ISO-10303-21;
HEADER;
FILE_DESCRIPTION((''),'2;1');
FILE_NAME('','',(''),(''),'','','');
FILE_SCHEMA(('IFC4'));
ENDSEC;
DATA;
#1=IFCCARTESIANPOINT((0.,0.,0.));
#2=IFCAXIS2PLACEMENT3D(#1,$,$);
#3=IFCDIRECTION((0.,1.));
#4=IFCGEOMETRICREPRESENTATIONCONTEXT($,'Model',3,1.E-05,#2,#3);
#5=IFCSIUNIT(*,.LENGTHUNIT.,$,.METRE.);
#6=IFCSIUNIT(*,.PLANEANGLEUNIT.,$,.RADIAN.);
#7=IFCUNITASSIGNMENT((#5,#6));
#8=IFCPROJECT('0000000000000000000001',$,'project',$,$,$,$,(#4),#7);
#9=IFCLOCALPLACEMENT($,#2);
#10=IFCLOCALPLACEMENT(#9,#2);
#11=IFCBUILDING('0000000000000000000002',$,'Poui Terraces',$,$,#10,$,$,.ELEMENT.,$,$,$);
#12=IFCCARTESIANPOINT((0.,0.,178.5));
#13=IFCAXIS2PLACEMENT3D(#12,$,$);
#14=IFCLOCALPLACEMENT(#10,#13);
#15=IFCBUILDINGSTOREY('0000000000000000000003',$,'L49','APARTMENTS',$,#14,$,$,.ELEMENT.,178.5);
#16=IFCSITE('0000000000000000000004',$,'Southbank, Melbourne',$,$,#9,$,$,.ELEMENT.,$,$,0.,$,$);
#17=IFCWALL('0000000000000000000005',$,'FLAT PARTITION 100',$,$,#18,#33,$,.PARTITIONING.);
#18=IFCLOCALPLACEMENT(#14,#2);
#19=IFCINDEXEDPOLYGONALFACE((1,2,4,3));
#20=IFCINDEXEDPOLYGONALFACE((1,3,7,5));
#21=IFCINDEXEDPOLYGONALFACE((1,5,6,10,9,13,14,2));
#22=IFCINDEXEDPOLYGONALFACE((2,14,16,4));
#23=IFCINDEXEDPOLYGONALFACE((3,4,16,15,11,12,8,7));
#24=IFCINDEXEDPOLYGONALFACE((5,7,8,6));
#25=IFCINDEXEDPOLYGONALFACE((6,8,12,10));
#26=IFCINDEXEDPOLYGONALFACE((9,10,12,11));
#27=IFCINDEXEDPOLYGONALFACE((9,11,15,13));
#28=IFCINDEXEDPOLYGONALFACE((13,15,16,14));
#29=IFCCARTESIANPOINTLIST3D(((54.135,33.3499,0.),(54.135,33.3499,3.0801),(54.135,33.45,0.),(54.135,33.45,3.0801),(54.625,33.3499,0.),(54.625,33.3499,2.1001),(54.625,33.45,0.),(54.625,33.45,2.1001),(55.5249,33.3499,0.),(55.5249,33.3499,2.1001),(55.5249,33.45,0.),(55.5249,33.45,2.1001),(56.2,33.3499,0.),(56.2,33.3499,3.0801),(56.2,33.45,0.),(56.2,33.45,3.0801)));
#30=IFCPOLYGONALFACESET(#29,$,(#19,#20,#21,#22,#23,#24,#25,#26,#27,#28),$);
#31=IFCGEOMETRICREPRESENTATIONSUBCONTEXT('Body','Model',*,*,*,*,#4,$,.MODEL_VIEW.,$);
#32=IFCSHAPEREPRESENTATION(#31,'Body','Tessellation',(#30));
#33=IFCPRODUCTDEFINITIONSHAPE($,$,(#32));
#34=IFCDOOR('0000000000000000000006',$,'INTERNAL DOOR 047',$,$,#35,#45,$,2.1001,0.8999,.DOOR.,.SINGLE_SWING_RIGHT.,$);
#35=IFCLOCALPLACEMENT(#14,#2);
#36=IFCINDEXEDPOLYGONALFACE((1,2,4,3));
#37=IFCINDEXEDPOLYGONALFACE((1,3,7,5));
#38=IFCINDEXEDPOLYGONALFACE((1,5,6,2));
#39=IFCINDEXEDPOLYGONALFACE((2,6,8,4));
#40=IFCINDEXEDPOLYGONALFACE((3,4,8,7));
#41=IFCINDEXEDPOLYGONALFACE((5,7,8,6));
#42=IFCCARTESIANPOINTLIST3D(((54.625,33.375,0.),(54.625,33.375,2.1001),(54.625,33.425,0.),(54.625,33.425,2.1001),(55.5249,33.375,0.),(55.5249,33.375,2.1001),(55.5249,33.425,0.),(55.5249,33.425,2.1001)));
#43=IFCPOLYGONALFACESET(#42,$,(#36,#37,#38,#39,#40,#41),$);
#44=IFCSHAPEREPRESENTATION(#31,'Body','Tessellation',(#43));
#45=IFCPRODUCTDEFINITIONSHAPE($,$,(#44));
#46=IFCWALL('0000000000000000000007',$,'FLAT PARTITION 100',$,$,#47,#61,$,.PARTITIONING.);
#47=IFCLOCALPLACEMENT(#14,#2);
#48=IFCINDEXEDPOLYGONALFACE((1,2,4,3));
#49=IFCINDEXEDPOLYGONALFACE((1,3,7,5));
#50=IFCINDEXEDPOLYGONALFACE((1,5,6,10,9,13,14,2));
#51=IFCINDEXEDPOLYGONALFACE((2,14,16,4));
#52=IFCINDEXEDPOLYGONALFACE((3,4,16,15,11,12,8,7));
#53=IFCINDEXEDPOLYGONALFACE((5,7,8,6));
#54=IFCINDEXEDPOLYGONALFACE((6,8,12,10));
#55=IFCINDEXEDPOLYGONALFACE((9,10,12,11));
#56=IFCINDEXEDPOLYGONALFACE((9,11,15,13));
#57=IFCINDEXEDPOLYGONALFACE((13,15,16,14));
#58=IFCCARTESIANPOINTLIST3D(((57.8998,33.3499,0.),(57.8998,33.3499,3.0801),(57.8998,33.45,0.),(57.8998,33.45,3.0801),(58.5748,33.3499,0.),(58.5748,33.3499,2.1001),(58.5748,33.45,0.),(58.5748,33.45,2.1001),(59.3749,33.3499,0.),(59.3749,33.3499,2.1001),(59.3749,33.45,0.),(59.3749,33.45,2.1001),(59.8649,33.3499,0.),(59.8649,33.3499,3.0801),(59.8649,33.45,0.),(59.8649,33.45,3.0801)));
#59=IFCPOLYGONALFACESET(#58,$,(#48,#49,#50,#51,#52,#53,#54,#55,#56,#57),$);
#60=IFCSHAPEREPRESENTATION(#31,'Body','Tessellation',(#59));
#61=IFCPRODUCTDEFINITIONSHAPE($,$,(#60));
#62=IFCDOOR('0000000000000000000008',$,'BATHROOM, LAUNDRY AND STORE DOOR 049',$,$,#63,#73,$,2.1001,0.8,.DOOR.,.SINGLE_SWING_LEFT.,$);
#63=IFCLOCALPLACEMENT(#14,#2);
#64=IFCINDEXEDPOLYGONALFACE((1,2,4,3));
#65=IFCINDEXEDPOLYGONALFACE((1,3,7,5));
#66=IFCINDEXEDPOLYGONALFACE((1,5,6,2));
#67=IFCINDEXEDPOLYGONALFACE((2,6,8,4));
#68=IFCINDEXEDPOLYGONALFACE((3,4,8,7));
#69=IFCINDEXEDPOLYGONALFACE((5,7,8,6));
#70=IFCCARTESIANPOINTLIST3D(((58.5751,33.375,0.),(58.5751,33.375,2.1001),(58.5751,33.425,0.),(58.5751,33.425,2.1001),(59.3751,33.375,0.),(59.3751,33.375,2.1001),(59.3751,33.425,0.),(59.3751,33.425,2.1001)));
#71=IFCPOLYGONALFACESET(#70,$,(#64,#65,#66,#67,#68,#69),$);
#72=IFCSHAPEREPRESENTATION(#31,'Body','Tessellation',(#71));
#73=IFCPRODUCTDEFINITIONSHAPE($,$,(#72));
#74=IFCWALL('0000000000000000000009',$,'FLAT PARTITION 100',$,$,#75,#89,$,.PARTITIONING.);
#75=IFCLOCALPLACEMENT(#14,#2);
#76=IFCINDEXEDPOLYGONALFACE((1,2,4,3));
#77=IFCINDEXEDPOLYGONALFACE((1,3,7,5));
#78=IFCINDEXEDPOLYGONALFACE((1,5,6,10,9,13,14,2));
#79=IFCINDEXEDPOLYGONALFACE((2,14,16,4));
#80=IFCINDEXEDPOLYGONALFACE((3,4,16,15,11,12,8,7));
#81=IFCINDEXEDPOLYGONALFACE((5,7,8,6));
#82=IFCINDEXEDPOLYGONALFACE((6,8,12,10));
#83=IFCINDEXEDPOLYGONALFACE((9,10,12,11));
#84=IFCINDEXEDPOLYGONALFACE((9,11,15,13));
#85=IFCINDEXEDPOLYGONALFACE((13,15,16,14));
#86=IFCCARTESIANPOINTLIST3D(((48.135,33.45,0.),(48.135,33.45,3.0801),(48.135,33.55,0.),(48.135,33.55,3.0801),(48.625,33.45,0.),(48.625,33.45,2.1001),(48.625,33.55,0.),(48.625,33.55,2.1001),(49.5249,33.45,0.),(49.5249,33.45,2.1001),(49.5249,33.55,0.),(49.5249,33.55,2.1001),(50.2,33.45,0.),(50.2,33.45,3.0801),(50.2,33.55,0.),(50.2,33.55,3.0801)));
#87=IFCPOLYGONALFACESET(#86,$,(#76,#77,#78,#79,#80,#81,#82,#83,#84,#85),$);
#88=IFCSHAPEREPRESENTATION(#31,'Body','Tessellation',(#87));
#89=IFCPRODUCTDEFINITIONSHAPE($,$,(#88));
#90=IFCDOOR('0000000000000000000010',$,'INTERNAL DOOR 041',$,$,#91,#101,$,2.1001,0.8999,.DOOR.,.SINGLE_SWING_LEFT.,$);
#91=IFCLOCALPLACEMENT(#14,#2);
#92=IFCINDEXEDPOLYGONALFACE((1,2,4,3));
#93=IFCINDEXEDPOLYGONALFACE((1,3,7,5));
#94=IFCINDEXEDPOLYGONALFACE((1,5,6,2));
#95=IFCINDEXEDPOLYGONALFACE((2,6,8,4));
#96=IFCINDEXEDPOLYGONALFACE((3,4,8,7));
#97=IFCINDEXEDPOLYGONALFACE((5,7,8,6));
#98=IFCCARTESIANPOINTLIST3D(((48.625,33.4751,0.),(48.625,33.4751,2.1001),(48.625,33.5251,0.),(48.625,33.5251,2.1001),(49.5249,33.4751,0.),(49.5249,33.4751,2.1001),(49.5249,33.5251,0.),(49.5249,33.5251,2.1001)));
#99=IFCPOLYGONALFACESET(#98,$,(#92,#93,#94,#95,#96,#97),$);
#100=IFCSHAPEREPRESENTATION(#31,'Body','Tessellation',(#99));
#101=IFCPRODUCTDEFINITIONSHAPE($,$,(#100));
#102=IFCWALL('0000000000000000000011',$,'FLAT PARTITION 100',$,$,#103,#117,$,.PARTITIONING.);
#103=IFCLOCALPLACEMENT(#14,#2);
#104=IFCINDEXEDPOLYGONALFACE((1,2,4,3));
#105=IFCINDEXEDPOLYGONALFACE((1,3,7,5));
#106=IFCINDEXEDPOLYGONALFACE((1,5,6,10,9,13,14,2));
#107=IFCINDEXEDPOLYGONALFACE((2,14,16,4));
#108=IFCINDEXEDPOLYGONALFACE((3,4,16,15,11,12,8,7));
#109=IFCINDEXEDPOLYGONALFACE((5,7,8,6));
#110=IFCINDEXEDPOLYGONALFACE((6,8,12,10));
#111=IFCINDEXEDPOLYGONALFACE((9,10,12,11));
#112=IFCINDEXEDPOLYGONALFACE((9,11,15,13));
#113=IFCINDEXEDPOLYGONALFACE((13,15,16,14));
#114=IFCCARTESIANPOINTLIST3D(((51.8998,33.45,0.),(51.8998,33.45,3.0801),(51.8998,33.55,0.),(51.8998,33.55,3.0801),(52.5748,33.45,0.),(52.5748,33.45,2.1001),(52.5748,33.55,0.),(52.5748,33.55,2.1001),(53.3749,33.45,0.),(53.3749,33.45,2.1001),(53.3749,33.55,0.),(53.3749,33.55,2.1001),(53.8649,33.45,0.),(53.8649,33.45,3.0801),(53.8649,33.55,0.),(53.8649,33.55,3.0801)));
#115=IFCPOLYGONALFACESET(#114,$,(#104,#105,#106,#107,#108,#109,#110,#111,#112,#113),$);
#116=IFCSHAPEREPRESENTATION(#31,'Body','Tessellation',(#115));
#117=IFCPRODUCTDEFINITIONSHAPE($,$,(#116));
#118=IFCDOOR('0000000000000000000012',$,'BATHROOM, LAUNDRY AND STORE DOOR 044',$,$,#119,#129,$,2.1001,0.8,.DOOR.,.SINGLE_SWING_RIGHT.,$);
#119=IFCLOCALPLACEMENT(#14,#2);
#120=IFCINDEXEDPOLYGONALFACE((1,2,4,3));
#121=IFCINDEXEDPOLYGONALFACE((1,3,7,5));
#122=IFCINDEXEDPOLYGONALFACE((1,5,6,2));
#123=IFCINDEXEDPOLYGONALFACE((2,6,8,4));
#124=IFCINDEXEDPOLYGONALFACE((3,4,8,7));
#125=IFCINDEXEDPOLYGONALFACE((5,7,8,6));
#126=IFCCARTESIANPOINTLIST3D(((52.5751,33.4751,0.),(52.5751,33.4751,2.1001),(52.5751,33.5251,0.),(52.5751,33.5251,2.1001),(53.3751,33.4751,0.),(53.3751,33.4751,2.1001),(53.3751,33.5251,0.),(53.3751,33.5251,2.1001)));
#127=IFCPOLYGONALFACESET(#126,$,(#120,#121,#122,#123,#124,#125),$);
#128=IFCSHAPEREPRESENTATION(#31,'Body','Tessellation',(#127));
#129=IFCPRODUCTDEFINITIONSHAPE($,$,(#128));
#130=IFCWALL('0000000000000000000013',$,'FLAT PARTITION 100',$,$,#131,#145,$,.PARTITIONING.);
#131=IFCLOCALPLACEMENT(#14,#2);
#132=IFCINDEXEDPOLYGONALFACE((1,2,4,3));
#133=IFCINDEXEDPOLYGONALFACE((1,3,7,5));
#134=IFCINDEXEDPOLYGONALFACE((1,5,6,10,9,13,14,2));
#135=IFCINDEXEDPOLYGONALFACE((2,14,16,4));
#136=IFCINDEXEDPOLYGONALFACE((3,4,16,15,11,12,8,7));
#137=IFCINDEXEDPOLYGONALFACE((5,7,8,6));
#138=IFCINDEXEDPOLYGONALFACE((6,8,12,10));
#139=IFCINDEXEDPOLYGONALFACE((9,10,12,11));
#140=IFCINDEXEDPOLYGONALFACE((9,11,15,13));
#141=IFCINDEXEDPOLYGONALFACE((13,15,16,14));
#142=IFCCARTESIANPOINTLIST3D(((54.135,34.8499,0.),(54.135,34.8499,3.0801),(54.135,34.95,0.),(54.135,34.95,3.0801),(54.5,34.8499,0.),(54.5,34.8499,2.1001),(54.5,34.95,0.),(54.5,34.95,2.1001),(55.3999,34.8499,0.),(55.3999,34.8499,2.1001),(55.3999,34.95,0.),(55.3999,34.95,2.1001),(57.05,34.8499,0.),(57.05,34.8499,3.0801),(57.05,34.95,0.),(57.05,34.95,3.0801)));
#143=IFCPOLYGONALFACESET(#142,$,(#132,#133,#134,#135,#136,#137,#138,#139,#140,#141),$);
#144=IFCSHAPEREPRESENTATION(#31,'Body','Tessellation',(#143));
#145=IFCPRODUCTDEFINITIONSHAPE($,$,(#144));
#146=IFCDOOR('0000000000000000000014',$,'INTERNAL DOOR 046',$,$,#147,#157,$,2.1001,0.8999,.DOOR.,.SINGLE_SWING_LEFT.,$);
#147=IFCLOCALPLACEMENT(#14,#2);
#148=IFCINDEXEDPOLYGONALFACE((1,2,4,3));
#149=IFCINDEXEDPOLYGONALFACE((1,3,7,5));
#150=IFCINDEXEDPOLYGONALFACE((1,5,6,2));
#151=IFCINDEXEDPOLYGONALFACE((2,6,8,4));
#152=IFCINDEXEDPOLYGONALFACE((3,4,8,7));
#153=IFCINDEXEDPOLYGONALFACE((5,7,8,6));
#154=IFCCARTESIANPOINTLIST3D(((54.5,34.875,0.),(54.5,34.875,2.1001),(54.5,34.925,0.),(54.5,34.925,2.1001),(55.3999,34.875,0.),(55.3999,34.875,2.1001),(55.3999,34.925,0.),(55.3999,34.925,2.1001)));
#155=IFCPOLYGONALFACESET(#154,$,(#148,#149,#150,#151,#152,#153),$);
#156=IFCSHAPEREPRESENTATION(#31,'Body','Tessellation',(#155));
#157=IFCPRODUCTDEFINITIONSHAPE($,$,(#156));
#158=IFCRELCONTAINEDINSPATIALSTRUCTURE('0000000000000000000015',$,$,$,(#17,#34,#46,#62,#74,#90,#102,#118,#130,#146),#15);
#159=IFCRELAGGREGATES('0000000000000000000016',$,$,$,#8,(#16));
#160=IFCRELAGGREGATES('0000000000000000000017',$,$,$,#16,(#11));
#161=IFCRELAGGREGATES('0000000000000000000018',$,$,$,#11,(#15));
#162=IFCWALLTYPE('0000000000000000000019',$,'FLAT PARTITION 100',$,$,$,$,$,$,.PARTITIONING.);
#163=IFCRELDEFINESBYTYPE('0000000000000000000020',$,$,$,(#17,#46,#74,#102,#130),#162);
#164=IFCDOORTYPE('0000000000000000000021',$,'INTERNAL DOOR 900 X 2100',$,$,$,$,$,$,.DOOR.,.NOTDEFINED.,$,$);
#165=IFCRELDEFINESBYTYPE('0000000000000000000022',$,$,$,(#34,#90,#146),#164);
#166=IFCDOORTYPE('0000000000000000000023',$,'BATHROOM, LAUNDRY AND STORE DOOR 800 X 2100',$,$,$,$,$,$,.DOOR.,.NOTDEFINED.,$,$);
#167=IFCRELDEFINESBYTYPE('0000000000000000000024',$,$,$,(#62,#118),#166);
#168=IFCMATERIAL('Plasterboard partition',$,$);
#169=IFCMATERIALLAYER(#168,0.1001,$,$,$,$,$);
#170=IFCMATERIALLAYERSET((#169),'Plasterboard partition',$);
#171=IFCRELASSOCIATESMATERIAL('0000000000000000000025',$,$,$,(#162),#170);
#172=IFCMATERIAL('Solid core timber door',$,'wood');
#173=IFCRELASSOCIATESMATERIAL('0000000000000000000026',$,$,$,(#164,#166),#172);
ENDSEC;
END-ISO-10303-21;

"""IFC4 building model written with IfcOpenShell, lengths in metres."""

from ifc_helpers import new_model, si_unit, direction, frame, frame_2d, origin, place, context, subcontext, project, spatial, rectangle, extrude, material, layer, layer_set, type_object, element, fill, save


model = new_model("IFC4")

# Units and contexts
model_context = context("Model", 3, precision=1e-05, world=origin(), true_north=direction((0.0, 1.0)))
body_context = subcontext(model_context, "Body", "Model", "MODEL_VIEW")
ifc_project = project(units=[si_unit("LENGTHUNIT", "METRE"), si_unit("PLANEANGLEUNIT", "RADIAN")], contexts=[model_context])

# Site, building, storey
site_placement = place(None, origin())
site = spatial("IfcSite", under=ifc_project, at=site_placement, Name="Southbank, Melbourne", CompositionType="ELEMENT", RefElevation=0.0)
building_placement = place(site_placement, origin())
building = spatial("IfcBuilding", under=site, at=building_placement, Name="Poui Terraces", CompositionType="ELEMENT")
storey_placement = place(building_placement, frame((0.0, 0.0, 178.5)))
storey = spatial("IfcBuildingStorey", under=building, at=storey_placement, Name="L49", Description="APARTMENTS", CompositionType="ELEMENT", Elevation=178.5)

# Walls, openings, doors
ifc_material_1 = material(Name="Plasterboard partition")
ifc_layer_1 = layer(ifc_material_1, 0.1001)
ifc_layer_set_1 = layer_set([ifc_layer_1], Name="Plasterboard partition")
wall_type_1 = type_object("IfcWallType", Name="FLAT PARTITION 100", PredefinedType="PARTITIONING", material=ifc_layer_set_1)
wall_1_placement = place(storey_placement, frame((54.135, 33.3999, 0.0), z_axis=(0.0, 0.0, 1.0), x_axis=(1.0, 0.0, 0.0)))
wall_1 = element("IfcWall", 1, at=wall_1_placement, inside=storey, type_object=wall_type_1, Name="FLAT PARTITION 100", PredefinedType="PARTITIONING", context=body_context, shape_type="SweptSolid", body=[
    extrude(rectangle(XDim=2.0649, YDim=0.1001, at=frame_2d((1.0325, 0.0))), origin(), (0.0, 0.0, 1.0), 3.0801),
])
opening_1_placement = place(wall_1_placement, frame((0.49, 0.0, 0.0)))
opening_1 = element("IfcOpeningElement", 2, at=opening_1_placement, cuts=wall_1, PredefinedType="OPENING", context=body_context, shape_type="SweptSolid", body=[
    extrude(rectangle(XDim=0.8999, YDim=2.1001, at=frame_2d((0.45, 1.05))), frame((0.0, 0.0601, 0.0), z_axis=(0.0, -1.0, 0.0), x_axis=(1.0, 0.0, 0.0)), (0.0, 0.0, 1.0), 0.1201),
])
ifc_material_2 = material(Name="Solid core timber door", Category="wood")
door_type_1 = type_object("IfcDoorType", Name="INTERNAL DOOR 900 X 2100", OperationType="NOTDEFINED", PredefinedType="DOOR", material=ifc_material_2)
door_1_placement = place(opening_1_placement, frame((0.8999, 0.0, 0.0), z_axis=(0.0, 0.0, 1.0), x_axis=(-1.0, 0.0, 0.0)))
door_1 = element("IfcDoor", 3, at=door_1_placement, inside=storey, type_object=door_type_1, Name="INTERNAL DOOR 047", OperationType="SINGLE_SWING_RIGHT", OverallHeight=2.1001, OverallWidth=0.8999, PredefinedType="DOOR", context=body_context, shape_type="SweptSolid", body=[
    extrude(rectangle(XDim=0.8999, YDim=2.1001, at=frame_2d((0.45, 1.05))), frame((0.0, 0.0249, 0.0), z_axis=(0.0, -1.0, 0.0), x_axis=(1.0, 0.0, 0.0)), (0.0, 0.0, 1.0), 0.05),
])
fill(opening_1, door_1)
wall_2_placement = place(storey_placement, frame((57.8999, 33.3999, 0.0), z_axis=(0.0, 0.0, 1.0), x_axis=(1.0, 0.0, 0.0)))
wall_2 = element("IfcWall", 4, at=wall_2_placement, inside=storey, type_object=wall_type_1, Name="FLAT PARTITION 100", PredefinedType="PARTITIONING", context=body_context, shape_type="SweptSolid", body=[
    extrude(rectangle(XDim=1.9651, YDim=0.1001, at=frame_2d((0.9824, 0.0))), origin(), (0.0, 0.0, 1.0), 3.0801),
])
opening_2_placement = place(wall_2_placement, frame((0.675, 0.0, 0.0)))
opening_2 = element("IfcOpeningElement", 5, at=opening_2_placement, cuts=wall_2, PredefinedType="OPENING", context=body_context, shape_type="SweptSolid", body=[
    extrude(rectangle(XDim=0.8, YDim=2.1001, at=frame_2d((0.3999, 1.05))), frame((0.0, 0.0601, 0.0), z_axis=(0.0, -1.0, 0.0), x_axis=(1.0, 0.0, 0.0)), (0.0, 0.0, 1.0), 0.1201),
])
door_type_2 = type_object("IfcDoorType", Name="BATHROOM, LAUNDRY AND STORE DOOR 800 X 2100", OperationType="NOTDEFINED", PredefinedType="DOOR", material=ifc_material_2)
door_2_placement = place(opening_2_placement, frame((0.8, 0.0, 0.0), z_axis=(0.0, 0.0, 1.0), x_axis=(-1.0, 0.0, 0.0)))
door_2 = element("IfcDoor", 6, at=door_2_placement, inside=storey, type_object=door_type_2, Name="BATHROOM, LAUNDRY AND STORE DOOR 049", OperationType="SINGLE_SWING_LEFT", OverallHeight=2.1001, OverallWidth=0.8, PredefinedType="DOOR", context=body_context, shape_type="SweptSolid", body=[
    extrude(rectangle(XDim=0.8, YDim=2.1001, at=frame_2d((0.3999, 1.05))), frame((0.0, 0.0249, 0.0), z_axis=(0.0, -1.0, 0.0), x_axis=(1.0, 0.0, 0.0)), (0.0, 0.0, 1.0), 0.05),
])
fill(opening_2, door_2)
wall_3_placement = place(storey_placement, frame((48.135, 33.5, 0.0), z_axis=(0.0, 0.0, 1.0), x_axis=(1.0, 0.0, 0.0)))
wall_3 = element("IfcWall", 7, at=wall_3_placement, inside=storey, type_object=wall_type_1, Name="FLAT PARTITION 100", PredefinedType="PARTITIONING", context=body_context, shape_type="SweptSolid", body=[
    extrude(rectangle(XDim=2.0649, YDim=0.1001, at=frame_2d((1.0325, 0.0))), origin(), (0.0, 0.0, 1.0), 3.0801),
])
opening_3_placement = place(wall_3_placement, frame((0.49, 0.0, 0.0)))
opening_3 = element("IfcOpeningElement", 8, at=opening_3_placement, cuts=wall_3, PredefinedType="OPENING", context=body_context, shape_type="SweptSolid", body=[
    extrude(rectangle(XDim=0.8999, YDim=2.1001, at=frame_2d((0.45, 1.05))), frame((0.0, 0.0601, 0.0), z_axis=(0.0, -1.0, 0.0), x_axis=(1.0, 0.0, 0.0)), (0.0, 0.0, 1.0), 0.1201),
])
door_3_placement = place(opening_3_placement, frame((0.8999, 0.0, 0.0), z_axis=(0.0, 0.0, 1.0), x_axis=(-1.0, 0.0, 0.0)))
door_3 = element("IfcDoor", 9, at=door_3_placement, inside=storey, type_object=door_type_1, Name="INTERNAL DOOR 041", OperationType="SINGLE_SWING_LEFT", OverallHeight=2.1001, OverallWidth=0.8999, PredefinedType="DOOR", context=body_context, shape_type="SweptSolid", body=[
    extrude(rectangle(XDim=0.8999, YDim=2.1001, at=frame_2d((0.45, 1.05))), frame((0.0, 0.0249, 0.0), z_axis=(0.0, -1.0, 0.0), x_axis=(1.0, 0.0, 0.0)), (0.0, 0.0, 1.0), 0.05),
])
fill(opening_3, door_3)
wall_4_placement = place(storey_placement, frame((51.8999, 33.5, 0.0), z_axis=(0.0, 0.0, 1.0), x_axis=(1.0, 0.0, 0.0)))
wall_4 = element("IfcWall", 10, at=wall_4_placement, inside=storey, type_object=wall_type_1, Name="FLAT PARTITION 100", PredefinedType="PARTITIONING", context=body_context, shape_type="SweptSolid", body=[
    extrude(rectangle(XDim=1.9651, YDim=0.1001, at=frame_2d((0.9824, 0.0))), origin(), (0.0, 0.0, 1.0), 3.0801),
])
opening_4_placement = place(wall_4_placement, frame((0.675, 0.0, 0.0)))
opening_4 = element("IfcOpeningElement", 11, at=opening_4_placement, cuts=wall_4, PredefinedType="OPENING", context=body_context, shape_type="SweptSolid", body=[
    extrude(rectangle(XDim=0.8, YDim=2.1001, at=frame_2d((0.3999, 1.05))), frame((0.0, 0.0601, 0.0), z_axis=(0.0, -1.0, 0.0), x_axis=(1.0, 0.0, 0.0)), (0.0, 0.0, 1.0), 0.1201),
])
door_4_placement = place(opening_4_placement, frame((0.8, 0.0, 0.0), z_axis=(0.0, 0.0, 1.0), x_axis=(-1.0, 0.0, 0.0)))
door_4 = element("IfcDoor", 12, at=door_4_placement, inside=storey, type_object=door_type_2, Name="BATHROOM, LAUNDRY AND STORE DOOR 044", OperationType="SINGLE_SWING_RIGHT", OverallHeight=2.1001, OverallWidth=0.8, PredefinedType="DOOR", context=body_context, shape_type="SweptSolid", body=[
    extrude(rectangle(XDim=0.8, YDim=2.1001, at=frame_2d((0.3999, 1.05))), frame((0.0, 0.0249, 0.0), z_axis=(0.0, -1.0, 0.0), x_axis=(1.0, 0.0, 0.0)), (0.0, 0.0, 1.0), 0.05),
])
fill(opening_4, door_4)
wall_5_placement = place(storey_placement, frame((54.135, 34.8999, 0.0), z_axis=(0.0, 0.0, 1.0), x_axis=(1.0, 0.0, 0.0)))
wall_5 = element("IfcWall", 13, at=wall_5_placement, inside=storey, type_object=wall_type_1, Name="FLAT PARTITION 100", PredefinedType="PARTITIONING", context=body_context, shape_type="SweptSolid", body=[
    extrude(rectangle(XDim=2.915, YDim=0.1001, at=frame_2d((1.4575, 0.0))), origin(), (0.0, 0.0, 1.0), 3.0801),
])
opening_5_placement = place(wall_5_placement, frame((0.365, 0.0, 0.0)))
opening_5 = element("IfcOpeningElement", 14, at=opening_5_placement, cuts=wall_5, PredefinedType="OPENING", context=body_context, shape_type="SweptSolid", body=[
    extrude(rectangle(XDim=0.8999, YDim=2.1001, at=frame_2d((0.45, 1.05))), frame((0.0, 0.0601, 0.0), z_axis=(0.0, -1.0, 0.0), x_axis=(1.0, 0.0, 0.0)), (0.0, 0.0, 1.0), 0.1201),
])
door_5_placement = place(opening_5_placement, frame((0.8999, 0.0, 0.0), z_axis=(0.0, 0.0, 1.0), x_axis=(-1.0, 0.0, 0.0)))
door_5 = element("IfcDoor", 15, at=door_5_placement, inside=storey, type_object=door_type_1, Name="INTERNAL DOOR 046", OperationType="SINGLE_SWING_LEFT", OverallHeight=2.1001, OverallWidth=0.8999, PredefinedType="DOOR", context=body_context, shape_type="SweptSolid", body=[
    extrude(rectangle(XDim=0.8999, YDim=2.1001, at=frame_2d((0.45, 1.05))), frame((0.0, 0.0249, 0.0), z_axis=(0.0, -1.0, 0.0), x_axis=(1.0, 0.0, 0.0)), (0.0, 0.0, 1.0), 0.05),
])
fill(opening_5, door_5)

save(model, "model.ifc")
